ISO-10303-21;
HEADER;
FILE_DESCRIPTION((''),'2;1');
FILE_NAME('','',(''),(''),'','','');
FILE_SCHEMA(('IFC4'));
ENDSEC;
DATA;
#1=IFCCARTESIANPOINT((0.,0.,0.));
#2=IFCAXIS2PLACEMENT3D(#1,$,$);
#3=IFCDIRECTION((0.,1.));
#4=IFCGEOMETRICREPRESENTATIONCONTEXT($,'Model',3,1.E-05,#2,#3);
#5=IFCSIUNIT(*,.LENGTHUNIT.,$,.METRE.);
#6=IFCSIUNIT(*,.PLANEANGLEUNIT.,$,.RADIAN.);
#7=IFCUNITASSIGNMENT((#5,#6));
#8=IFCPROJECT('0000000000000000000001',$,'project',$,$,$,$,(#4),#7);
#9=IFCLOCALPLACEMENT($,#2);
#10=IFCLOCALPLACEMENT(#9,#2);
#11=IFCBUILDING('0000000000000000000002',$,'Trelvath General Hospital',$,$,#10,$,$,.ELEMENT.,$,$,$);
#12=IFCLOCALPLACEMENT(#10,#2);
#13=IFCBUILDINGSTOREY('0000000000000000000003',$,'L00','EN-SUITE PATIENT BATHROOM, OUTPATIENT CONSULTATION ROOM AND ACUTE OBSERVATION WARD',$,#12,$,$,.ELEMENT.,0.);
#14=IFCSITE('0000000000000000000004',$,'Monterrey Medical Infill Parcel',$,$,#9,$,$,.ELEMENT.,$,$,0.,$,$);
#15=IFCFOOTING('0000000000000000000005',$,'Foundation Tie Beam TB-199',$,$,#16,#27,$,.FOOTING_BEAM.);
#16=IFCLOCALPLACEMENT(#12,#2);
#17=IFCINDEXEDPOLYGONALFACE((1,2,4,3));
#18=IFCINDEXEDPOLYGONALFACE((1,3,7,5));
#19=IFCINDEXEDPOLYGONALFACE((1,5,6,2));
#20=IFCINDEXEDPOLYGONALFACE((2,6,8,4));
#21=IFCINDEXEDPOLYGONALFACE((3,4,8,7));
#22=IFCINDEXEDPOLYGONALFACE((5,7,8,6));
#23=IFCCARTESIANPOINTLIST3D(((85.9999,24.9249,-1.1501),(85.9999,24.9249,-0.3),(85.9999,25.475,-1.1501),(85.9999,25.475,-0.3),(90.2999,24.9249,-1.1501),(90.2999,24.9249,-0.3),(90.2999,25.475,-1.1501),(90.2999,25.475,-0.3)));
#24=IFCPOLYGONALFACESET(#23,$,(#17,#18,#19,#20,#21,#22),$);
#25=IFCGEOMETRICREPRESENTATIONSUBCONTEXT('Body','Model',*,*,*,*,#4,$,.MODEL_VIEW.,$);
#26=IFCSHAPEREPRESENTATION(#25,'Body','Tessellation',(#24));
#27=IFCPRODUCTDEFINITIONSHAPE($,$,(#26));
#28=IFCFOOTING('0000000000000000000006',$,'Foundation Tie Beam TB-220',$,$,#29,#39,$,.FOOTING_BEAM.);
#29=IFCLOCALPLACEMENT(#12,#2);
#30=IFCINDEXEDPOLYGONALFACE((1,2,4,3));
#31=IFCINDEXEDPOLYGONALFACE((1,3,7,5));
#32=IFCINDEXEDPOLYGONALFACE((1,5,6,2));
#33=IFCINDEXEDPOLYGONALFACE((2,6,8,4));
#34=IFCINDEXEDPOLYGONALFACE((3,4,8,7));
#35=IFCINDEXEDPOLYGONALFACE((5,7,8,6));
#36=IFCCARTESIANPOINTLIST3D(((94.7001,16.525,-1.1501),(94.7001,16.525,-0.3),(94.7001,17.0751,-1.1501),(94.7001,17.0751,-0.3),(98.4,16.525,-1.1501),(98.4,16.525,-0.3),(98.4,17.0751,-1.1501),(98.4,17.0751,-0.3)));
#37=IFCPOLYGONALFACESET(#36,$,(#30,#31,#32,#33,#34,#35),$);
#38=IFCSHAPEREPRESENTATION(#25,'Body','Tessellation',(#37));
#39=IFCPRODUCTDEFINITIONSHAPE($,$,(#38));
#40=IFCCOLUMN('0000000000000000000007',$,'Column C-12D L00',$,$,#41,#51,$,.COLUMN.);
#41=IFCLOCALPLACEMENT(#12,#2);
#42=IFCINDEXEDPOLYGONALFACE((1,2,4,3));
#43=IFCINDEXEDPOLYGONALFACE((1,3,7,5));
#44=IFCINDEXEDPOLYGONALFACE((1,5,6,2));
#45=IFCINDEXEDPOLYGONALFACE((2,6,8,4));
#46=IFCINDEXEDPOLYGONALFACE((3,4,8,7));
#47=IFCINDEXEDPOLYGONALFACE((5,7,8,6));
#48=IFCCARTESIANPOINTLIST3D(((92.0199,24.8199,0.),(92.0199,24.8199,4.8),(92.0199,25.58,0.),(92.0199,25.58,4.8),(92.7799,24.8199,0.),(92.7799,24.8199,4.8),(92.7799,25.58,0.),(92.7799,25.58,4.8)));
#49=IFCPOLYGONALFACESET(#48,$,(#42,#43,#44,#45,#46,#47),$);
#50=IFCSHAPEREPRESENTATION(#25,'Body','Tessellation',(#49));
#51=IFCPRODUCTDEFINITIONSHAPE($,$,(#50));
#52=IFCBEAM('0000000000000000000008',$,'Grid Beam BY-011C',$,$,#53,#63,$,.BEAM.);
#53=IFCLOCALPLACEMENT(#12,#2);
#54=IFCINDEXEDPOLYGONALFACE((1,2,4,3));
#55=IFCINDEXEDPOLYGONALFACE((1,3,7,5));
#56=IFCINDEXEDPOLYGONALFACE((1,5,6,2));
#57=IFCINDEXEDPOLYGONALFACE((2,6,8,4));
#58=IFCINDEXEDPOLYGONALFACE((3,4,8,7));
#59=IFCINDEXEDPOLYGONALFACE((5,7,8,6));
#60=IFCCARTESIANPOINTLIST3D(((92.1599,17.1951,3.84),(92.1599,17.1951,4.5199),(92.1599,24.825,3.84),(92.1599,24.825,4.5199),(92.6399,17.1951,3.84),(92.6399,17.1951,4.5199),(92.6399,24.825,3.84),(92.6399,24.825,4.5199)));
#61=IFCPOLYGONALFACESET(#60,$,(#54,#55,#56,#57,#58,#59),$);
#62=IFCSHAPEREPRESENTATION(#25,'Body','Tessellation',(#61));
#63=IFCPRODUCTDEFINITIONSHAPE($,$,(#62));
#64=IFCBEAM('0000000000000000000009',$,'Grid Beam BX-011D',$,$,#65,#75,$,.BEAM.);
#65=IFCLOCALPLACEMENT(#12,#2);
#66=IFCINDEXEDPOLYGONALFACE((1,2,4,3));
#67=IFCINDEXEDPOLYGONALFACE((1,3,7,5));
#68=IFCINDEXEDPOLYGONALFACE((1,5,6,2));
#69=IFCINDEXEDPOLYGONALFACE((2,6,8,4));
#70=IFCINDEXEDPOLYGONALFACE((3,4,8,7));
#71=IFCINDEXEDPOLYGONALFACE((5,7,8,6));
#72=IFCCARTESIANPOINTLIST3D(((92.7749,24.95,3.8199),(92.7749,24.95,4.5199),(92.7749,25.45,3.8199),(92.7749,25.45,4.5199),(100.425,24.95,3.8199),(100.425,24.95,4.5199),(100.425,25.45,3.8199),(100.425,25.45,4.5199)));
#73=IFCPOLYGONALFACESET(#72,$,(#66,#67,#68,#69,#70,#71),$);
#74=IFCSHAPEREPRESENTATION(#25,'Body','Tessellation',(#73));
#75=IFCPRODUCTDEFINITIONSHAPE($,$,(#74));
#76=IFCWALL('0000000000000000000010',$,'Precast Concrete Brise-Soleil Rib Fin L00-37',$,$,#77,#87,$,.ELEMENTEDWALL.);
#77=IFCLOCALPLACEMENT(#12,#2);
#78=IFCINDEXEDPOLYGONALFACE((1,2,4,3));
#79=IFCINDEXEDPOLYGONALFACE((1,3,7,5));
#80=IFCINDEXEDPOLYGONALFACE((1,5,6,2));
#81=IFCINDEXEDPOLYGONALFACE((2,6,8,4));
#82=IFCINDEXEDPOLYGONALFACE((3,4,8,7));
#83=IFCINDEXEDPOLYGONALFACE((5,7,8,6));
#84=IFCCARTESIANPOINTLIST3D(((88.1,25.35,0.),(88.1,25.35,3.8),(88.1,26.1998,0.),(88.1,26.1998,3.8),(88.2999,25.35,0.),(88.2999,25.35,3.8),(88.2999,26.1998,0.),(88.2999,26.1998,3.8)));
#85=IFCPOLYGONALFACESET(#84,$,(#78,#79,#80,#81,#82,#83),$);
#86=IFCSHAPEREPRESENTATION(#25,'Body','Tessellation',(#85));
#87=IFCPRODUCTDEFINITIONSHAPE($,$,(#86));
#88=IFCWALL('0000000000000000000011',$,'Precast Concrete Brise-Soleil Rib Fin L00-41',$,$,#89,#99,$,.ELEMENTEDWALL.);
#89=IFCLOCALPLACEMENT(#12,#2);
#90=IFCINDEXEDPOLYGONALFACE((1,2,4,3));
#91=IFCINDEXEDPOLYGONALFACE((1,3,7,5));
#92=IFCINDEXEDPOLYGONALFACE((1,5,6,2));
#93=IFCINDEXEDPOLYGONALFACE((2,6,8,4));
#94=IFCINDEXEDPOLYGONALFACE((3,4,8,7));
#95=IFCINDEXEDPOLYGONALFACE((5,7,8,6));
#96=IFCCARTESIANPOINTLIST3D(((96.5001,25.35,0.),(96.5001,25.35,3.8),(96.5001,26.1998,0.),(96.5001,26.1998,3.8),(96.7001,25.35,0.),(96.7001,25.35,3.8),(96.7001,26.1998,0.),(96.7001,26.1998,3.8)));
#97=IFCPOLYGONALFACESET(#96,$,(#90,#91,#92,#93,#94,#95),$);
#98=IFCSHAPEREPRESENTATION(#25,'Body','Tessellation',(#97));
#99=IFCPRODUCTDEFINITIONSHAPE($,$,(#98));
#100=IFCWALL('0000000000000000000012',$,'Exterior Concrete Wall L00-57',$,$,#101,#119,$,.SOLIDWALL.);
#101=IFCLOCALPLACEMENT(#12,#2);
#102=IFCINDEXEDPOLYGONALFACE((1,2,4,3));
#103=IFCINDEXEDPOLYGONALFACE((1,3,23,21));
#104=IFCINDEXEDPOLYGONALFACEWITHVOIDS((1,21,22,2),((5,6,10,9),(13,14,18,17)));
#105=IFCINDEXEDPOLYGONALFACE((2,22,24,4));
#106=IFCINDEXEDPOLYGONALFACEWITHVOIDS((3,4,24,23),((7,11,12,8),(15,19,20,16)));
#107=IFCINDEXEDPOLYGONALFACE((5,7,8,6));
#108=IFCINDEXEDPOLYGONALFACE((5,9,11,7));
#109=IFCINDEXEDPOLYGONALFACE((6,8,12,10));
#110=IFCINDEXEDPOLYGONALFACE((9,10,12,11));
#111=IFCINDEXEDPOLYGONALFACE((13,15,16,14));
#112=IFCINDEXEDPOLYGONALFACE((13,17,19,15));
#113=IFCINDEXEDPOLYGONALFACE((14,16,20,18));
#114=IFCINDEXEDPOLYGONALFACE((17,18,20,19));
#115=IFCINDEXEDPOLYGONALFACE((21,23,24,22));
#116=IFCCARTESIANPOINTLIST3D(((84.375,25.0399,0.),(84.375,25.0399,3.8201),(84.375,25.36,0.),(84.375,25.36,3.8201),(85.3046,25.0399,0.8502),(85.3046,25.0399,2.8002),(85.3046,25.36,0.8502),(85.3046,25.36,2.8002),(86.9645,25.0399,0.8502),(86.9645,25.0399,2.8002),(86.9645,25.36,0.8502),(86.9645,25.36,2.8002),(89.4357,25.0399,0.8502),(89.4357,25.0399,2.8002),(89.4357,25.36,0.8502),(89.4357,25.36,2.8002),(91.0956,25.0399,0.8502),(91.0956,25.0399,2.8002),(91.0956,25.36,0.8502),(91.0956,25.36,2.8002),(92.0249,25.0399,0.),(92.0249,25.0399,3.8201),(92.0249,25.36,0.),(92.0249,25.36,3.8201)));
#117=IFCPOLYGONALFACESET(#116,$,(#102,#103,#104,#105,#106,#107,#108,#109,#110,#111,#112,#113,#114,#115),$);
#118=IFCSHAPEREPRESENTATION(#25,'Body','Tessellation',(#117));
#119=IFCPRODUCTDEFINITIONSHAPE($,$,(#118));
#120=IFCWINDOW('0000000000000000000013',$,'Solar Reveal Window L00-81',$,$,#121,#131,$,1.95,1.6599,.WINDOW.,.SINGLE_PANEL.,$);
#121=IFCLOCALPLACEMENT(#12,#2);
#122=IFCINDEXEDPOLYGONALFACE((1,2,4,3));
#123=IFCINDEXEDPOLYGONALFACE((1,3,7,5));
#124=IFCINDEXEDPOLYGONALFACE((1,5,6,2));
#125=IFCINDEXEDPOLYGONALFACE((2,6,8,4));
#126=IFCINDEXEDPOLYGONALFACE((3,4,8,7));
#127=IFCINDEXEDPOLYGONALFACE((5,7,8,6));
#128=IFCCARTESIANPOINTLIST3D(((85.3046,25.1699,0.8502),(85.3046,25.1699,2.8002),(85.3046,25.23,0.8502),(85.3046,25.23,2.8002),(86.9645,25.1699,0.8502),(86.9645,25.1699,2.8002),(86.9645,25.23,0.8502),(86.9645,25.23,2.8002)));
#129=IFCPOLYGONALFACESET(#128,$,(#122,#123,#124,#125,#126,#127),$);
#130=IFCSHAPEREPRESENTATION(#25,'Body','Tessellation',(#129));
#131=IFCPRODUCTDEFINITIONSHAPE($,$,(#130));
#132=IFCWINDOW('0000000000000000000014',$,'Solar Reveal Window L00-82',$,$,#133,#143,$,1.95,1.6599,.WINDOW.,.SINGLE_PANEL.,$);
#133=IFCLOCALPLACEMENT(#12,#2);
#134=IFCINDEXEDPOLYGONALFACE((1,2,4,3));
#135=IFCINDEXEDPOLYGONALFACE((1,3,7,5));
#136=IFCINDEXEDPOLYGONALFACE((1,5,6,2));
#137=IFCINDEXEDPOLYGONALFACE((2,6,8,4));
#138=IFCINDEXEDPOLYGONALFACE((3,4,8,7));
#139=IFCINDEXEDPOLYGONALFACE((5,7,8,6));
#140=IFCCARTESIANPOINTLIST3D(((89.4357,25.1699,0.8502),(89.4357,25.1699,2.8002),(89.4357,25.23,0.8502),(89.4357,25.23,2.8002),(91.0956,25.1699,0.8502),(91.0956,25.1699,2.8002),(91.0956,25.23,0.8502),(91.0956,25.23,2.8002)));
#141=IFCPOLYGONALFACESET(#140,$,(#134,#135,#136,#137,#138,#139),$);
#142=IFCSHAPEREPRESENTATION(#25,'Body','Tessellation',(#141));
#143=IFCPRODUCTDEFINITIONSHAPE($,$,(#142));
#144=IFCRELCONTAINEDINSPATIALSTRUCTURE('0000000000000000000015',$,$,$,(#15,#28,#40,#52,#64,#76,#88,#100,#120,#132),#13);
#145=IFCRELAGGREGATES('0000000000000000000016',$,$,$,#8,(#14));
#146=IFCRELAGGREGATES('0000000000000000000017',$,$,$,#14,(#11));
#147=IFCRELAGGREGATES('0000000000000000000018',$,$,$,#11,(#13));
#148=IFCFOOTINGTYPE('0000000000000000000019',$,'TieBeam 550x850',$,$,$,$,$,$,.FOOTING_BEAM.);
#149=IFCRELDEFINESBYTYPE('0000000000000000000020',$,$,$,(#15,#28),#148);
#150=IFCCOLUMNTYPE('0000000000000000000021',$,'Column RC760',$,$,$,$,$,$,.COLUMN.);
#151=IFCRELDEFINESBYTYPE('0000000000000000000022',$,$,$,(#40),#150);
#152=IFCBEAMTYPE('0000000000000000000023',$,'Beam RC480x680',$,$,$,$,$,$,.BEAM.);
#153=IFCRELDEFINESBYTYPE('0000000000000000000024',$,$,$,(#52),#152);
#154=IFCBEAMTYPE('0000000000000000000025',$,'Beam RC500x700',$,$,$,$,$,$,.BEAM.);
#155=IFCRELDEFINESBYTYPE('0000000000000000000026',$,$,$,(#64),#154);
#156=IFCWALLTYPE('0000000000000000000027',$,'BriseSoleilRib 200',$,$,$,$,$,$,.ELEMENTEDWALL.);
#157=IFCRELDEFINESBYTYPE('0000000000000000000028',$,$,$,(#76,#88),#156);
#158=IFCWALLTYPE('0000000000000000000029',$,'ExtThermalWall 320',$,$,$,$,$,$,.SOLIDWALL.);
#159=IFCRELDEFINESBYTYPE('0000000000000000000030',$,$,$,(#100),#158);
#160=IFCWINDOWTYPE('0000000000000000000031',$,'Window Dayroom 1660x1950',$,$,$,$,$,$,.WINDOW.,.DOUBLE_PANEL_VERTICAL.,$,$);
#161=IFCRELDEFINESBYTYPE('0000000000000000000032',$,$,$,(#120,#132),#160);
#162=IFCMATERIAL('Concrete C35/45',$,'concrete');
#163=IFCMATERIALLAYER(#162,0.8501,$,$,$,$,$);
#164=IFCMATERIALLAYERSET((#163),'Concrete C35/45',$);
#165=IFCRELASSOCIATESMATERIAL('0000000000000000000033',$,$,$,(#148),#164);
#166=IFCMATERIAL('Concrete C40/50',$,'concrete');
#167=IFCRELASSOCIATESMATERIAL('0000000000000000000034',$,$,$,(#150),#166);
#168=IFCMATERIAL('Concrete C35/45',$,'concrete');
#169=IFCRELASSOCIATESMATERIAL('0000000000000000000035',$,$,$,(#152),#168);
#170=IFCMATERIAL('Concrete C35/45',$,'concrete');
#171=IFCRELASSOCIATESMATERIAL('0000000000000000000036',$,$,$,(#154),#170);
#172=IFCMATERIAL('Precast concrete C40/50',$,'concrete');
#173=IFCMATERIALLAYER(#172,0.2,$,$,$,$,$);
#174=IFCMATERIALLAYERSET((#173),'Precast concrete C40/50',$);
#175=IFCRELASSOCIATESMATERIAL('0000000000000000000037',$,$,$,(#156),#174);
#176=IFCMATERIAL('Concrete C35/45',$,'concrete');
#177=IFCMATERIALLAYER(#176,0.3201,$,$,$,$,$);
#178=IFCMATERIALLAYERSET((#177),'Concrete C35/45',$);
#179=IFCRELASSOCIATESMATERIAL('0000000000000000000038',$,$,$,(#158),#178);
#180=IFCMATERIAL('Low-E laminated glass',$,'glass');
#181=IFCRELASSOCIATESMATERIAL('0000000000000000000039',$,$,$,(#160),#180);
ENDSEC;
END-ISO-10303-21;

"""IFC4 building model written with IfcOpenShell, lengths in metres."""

from ifc_helpers import new_model, si_unit, direction, frame, frame_2d, origin, origin_2d, place, context, subcontext, project, spatial, rectangle, extrude, material, layer, layer_set, material_profile, profile_set, type_object, element, fill, save


model = new_model("IFC4")

# Units and contexts
model_context = context("Model", 3, precision=1e-05, world=origin(), true_north=direction((0.0, 1.0)))
body_context = subcontext(model_context, "Body", "Model", "MODEL_VIEW")
ifc_project = project(units=[si_unit("LENGTHUNIT", "METRE"), si_unit("PLANEANGLEUNIT", "RADIAN")], contexts=[model_context])

# Site, building, storey
site_placement = place(None, origin())
site = spatial("IfcSite", under=ifc_project, at=site_placement, Name="Monterrey Medical Infill Parcel", CompositionType="ELEMENT", RefElevation=0.0)
building_placement = place(site_placement, origin())
building = spatial("IfcBuilding", under=site, at=building_placement, Name="Trelvath General Hospital", CompositionType="ELEMENT")
storey_placement = place(building_placement, origin())
storey = spatial("IfcBuildingStorey", under=building, at=storey_placement, Name="L00", Description="EN-SUITE PATIENT BATHROOM, OUTPATIENT CONSULTATION ROOM AND ACUTE OBSERVATION WARD", CompositionType="ELEMENT", Elevation=0.0)

# Footings
ifc_material_1 = material(Name="Concrete C35/45", Category="concrete")
ifc_layer_1 = layer(ifc_material_1, 0.8501)
ifc_layer_set_1 = layer_set([ifc_layer_1], Name="Concrete C35/45")
footing_type_1 = type_object("IfcFootingType", Name="TieBeam 550x850", PredefinedType="FOOTING_BEAM", material=ifc_layer_set_1)
footing_1_placement = place(storey_placement, frame((88.1499, 25.2, -1.1501), z_axis=(0.0, 0.0, 1.0), x_axis=(1.0, 0.0, 0.0)))
element("IfcFooting", 1, at=footing_1_placement, inside=storey, type_object=footing_type_1, Name="Foundation Tie Beam TB-199", PredefinedType="FOOTING_BEAM", context=body_context, shape_type="SweptSolid", body=[
    extrude(rectangle(XDim=4.3, YDim=0.55, at=origin_2d()), origin(), (0.0, 0.0, 1.0), 0.8501),
])
footing_2_placement = place(storey_placement, frame((96.55, 16.8, -1.1501), z_axis=(0.0, 0.0, 1.0), x_axis=(1.0, 0.0, 0.0)))
element("IfcFooting", 2, at=footing_2_placement, inside=storey, type_object=footing_type_1, Name="Foundation Tie Beam TB-220", PredefinedType="FOOTING_BEAM", context=body_context, shape_type="SweptSolid", body=[
    extrude(rectangle(XDim=3.7, YDim=0.55, at=origin_2d()), origin(), (0.0, 0.0, 1.0), 0.8501),
])

# Column
ifc_material_2 = material(Name="Concrete C40/50", Category="concrete")
ifc_material_profile_1 = material_profile(ifc_material_2, rectangle(XDim=0.76, YDim=0.76, at=origin_2d()), Name="RC760x760")
ifc_profile_set_1 = profile_set([ifc_material_profile_1], Name="Concrete C40/50")
column_type = type_object("IfcColumnType", Name="Column RC760", PredefinedType="COLUMN", material=ifc_profile_set_1)
column_placement = place(storey_placement, frame((92.3999, 25.2, 0.0), z_axis=(0.0, 0.0, 1.0), x_axis=(1.0, 0.0, 0.0)))
element("IfcColumn", 3, at=column_placement, inside=storey, type_object=column_type, Name="Column C-12D L00", PredefinedType="COLUMN", context=body_context, shape_type="SweptSolid", body=[
    extrude(rectangle(XDim=0.76, YDim=0.76, at=origin_2d()), origin(), (0.0, 0.0, 1.0), 4.8),
])

# Beams
ifc_material_3 = material(Name="Concrete C35/45", Category="concrete")
ifc_material_profile_2 = material_profile(ifc_material_3, rectangle(XDim=0.48, YDim=0.6799, at=origin_2d()), Name="RCB480x680")
ifc_profile_set_2 = profile_set([ifc_material_profile_2], Name="Concrete C35/45")
beam_type_1 = type_object("IfcBeamType", Name="Beam RC480x680", PredefinedType="BEAM", material=ifc_profile_set_2)
beam_1_placement = place(storey_placement, frame((92.3999, 17.1951, 4.1799), z_axis=(0.0, 1.0, 0.0), x_axis=(-1.0, 0.0, 0.0)))
element("IfcBeam", 4, at=beam_1_placement, inside=storey, type_object=beam_type_1, Name="Grid Beam BY-011C", PredefinedType="BEAM", context=body_context, shape_type="SweptSolid", body=[
    extrude(rectangle(XDim=0.48, YDim=0.6799, at=origin_2d()), origin(), (0.0, 0.0, 1.0), 7.6299),
])
ifc_material_4 = material(Name="Concrete C35/45", Category="concrete")
ifc_material_profile_3 = material_profile(ifc_material_4, rectangle(XDim=0.5, YDim=0.7, at=origin_2d()), Name="RCB500x700")
ifc_profile_set_3 = profile_set([ifc_material_profile_3], Name="Concrete C35/45")
beam_type_2 = type_object("IfcBeamType", Name="Beam RC500x700", PredefinedType="BEAM", material=ifc_profile_set_3)
beam_2_placement = place(storey_placement, frame((92.7749, 25.2, 4.1699), z_axis=(1.0, 0.0, 0.0), x_axis=(0.0, 1.0, 0.0)))
element("IfcBeam", 5, at=beam_2_placement, inside=storey, type_object=beam_type_2, Name="Grid Beam BX-011D", PredefinedType="BEAM", context=body_context, shape_type="SweptSolid", body=[
    extrude(rectangle(XDim=0.5, YDim=0.7, at=origin_2d()), origin(), (0.0, 0.0, 1.0), 7.6501),
])

# Walls
ifc_material_5 = material(Name="Precast concrete C40/50", Category="concrete")
ifc_layer_2 = layer(ifc_material_5, 0.2)
ifc_layer_set_2 = layer_set([ifc_layer_2], Name="Precast concrete C40/50")
wall_type_1 = type_object("IfcWallType", Name="BriseSoleilRib 200", PredefinedType="ELEMENTEDWALL", material=ifc_layer_set_2)
for number, where, z_axis, x_axis, name in (
    (6, (88.2, 25.3501, 0.0), (0.0, 0.0, 1.0), (0.0, 1.0, 0.0), "Precast Concrete Brise-Soleil Rib Fin L00-37"),
    (7, (96.6001, 25.3501, 0.0), (0.0, 0.0, 1.0), (0.0, 1.0, 0.0), "Precast Concrete Brise-Soleil Rib Fin L00-41"),
):
    element("IfcWall", number, at=place(storey_placement, frame(where, z_axis=z_axis, x_axis=x_axis)), inside=storey, type_object=wall_type_1, Name=name, PredefinedType="ELEMENTEDWALL", context=body_context, shape_type="SweptSolid", body=[
        extrude(rectangle(XDim=0.8499, YDim=0.2, at=frame_2d((0.4248, 0.0))), origin(), (0.0, 0.0, 1.0), 3.8),
    ])

# Wall, openings, windows
ifc_material_6 = material(Name="Concrete C35/45", Category="concrete")
ifc_layer_3 = layer(ifc_material_6, 0.3201)
ifc_layer_set_3 = layer_set([ifc_layer_3], Name="Concrete C35/45")
wall_type_2 = type_object("IfcWallType", Name="ExtThermalWall 320", PredefinedType="SOLIDWALL", material=ifc_layer_set_3)
wall_1_placement = place(storey_placement, frame((84.375, 25.2, 0.0), z_axis=(0.0, 0.0, 1.0), x_axis=(1.0, 0.0, 0.0)))
wall_1 = element("IfcWall", 8, at=wall_1_placement, inside=storey, type_object=wall_type_2, Name="Exterior Concrete Wall L00-57", PredefinedType="SOLIDWALL", context=body_context, shape_type="SweptSolid", body=[
    extrude(rectangle(XDim=7.6499, YDim=0.3201, at=frame_2d((3.825, 0.0))), origin(), (0.0, 0.0, 1.0), 3.8201),
])
opening_1_placement = place(wall_1_placement, frame((0.9294, 0.0, 0.8501)))
opening_1 = element("IfcOpeningElement", 9, at=opening_1_placement, cuts=wall_1, PredefinedType="OPENING", context=body_context, shape_type="SweptSolid", body=[
    extrude(rectangle(XDim=1.6599, YDim=1.95, at=frame_2d((0.8301, 0.9751))), frame((0.0, 0.1699, 0.0), z_axis=(0.0, -1.0, 0.0), x_axis=(1.0, 0.0, 0.0)), (0.0, 0.0, 1.0), 0.3401),
])
opening_2_placement = place(wall_1_placement, frame((5.0605, 0.0, 0.8501)))
opening_2 = element("IfcOpeningElement", 10, at=opening_2_placement, cuts=wall_1, PredefinedType="OPENING", context=body_context, shape_type="SweptSolid", body=[
    extrude(rectangle(XDim=1.6599, YDim=1.95, at=frame_2d((0.8301, 0.9751))), frame((0.0, 0.1699, 0.0), z_axis=(0.0, -1.0, 0.0), x_axis=(1.0, 0.0, 0.0)), (0.0, 0.0, 1.0), 0.3401),
])
ifc_material_7 = material(Name="Low-E laminated glass", Category="glass")
window_type_1 = type_object("IfcWindowType", Name="Window Dayroom 1660x1950", PartitioningType="DOUBLE_PANEL_VERTICAL", PredefinedType="WINDOW", material=ifc_material_7)
window_1_placement = place(opening_1_placement, origin())
window_1 = element("IfcWindow", 11, at=window_1_placement, inside=storey, type_object=window_type_1, Name="Solar Reveal Window L00-81", OverallHeight=1.95, OverallWidth=1.6599, PartitioningType="SINGLE_PANEL", PredefinedType="WINDOW", context=body_context, shape_type="SweptSolid", body=[
    extrude(rectangle(XDim=1.6599, YDim=1.95, at=frame_2d((0.8301, 0.9751))), frame((0.0, 0.03, 0.0), z_axis=(0.0, -1.0, 0.0), x_axis=(1.0, 0.0, 0.0)), (0.0, 0.0, 1.0), 0.0601),
])
fill(opening_1, window_1)
window_2_placement = place(opening_2_placement, origin())
window_2 = element("IfcWindow", 12, at=window_2_placement, inside=storey, type_object=window_type_1, Name="Solar Reveal Window L00-82", OverallHeight=1.95, OverallWidth=1.6599, PartitioningType="SINGLE_PANEL", PredefinedType="WINDOW", context=body_context, shape_type="SweptSolid", body=[
    extrude(rectangle(XDim=1.6599, YDim=1.95, at=frame_2d((0.8301, 0.9751))), frame((0.0, 0.03, 0.0), z_axis=(0.0, -1.0, 0.0), x_axis=(1.0, 0.0, 0.0)), (0.0, 0.0, 1.0), 0.0601),
])
fill(opening_2, window_2)

save(model, "model.ifc")
